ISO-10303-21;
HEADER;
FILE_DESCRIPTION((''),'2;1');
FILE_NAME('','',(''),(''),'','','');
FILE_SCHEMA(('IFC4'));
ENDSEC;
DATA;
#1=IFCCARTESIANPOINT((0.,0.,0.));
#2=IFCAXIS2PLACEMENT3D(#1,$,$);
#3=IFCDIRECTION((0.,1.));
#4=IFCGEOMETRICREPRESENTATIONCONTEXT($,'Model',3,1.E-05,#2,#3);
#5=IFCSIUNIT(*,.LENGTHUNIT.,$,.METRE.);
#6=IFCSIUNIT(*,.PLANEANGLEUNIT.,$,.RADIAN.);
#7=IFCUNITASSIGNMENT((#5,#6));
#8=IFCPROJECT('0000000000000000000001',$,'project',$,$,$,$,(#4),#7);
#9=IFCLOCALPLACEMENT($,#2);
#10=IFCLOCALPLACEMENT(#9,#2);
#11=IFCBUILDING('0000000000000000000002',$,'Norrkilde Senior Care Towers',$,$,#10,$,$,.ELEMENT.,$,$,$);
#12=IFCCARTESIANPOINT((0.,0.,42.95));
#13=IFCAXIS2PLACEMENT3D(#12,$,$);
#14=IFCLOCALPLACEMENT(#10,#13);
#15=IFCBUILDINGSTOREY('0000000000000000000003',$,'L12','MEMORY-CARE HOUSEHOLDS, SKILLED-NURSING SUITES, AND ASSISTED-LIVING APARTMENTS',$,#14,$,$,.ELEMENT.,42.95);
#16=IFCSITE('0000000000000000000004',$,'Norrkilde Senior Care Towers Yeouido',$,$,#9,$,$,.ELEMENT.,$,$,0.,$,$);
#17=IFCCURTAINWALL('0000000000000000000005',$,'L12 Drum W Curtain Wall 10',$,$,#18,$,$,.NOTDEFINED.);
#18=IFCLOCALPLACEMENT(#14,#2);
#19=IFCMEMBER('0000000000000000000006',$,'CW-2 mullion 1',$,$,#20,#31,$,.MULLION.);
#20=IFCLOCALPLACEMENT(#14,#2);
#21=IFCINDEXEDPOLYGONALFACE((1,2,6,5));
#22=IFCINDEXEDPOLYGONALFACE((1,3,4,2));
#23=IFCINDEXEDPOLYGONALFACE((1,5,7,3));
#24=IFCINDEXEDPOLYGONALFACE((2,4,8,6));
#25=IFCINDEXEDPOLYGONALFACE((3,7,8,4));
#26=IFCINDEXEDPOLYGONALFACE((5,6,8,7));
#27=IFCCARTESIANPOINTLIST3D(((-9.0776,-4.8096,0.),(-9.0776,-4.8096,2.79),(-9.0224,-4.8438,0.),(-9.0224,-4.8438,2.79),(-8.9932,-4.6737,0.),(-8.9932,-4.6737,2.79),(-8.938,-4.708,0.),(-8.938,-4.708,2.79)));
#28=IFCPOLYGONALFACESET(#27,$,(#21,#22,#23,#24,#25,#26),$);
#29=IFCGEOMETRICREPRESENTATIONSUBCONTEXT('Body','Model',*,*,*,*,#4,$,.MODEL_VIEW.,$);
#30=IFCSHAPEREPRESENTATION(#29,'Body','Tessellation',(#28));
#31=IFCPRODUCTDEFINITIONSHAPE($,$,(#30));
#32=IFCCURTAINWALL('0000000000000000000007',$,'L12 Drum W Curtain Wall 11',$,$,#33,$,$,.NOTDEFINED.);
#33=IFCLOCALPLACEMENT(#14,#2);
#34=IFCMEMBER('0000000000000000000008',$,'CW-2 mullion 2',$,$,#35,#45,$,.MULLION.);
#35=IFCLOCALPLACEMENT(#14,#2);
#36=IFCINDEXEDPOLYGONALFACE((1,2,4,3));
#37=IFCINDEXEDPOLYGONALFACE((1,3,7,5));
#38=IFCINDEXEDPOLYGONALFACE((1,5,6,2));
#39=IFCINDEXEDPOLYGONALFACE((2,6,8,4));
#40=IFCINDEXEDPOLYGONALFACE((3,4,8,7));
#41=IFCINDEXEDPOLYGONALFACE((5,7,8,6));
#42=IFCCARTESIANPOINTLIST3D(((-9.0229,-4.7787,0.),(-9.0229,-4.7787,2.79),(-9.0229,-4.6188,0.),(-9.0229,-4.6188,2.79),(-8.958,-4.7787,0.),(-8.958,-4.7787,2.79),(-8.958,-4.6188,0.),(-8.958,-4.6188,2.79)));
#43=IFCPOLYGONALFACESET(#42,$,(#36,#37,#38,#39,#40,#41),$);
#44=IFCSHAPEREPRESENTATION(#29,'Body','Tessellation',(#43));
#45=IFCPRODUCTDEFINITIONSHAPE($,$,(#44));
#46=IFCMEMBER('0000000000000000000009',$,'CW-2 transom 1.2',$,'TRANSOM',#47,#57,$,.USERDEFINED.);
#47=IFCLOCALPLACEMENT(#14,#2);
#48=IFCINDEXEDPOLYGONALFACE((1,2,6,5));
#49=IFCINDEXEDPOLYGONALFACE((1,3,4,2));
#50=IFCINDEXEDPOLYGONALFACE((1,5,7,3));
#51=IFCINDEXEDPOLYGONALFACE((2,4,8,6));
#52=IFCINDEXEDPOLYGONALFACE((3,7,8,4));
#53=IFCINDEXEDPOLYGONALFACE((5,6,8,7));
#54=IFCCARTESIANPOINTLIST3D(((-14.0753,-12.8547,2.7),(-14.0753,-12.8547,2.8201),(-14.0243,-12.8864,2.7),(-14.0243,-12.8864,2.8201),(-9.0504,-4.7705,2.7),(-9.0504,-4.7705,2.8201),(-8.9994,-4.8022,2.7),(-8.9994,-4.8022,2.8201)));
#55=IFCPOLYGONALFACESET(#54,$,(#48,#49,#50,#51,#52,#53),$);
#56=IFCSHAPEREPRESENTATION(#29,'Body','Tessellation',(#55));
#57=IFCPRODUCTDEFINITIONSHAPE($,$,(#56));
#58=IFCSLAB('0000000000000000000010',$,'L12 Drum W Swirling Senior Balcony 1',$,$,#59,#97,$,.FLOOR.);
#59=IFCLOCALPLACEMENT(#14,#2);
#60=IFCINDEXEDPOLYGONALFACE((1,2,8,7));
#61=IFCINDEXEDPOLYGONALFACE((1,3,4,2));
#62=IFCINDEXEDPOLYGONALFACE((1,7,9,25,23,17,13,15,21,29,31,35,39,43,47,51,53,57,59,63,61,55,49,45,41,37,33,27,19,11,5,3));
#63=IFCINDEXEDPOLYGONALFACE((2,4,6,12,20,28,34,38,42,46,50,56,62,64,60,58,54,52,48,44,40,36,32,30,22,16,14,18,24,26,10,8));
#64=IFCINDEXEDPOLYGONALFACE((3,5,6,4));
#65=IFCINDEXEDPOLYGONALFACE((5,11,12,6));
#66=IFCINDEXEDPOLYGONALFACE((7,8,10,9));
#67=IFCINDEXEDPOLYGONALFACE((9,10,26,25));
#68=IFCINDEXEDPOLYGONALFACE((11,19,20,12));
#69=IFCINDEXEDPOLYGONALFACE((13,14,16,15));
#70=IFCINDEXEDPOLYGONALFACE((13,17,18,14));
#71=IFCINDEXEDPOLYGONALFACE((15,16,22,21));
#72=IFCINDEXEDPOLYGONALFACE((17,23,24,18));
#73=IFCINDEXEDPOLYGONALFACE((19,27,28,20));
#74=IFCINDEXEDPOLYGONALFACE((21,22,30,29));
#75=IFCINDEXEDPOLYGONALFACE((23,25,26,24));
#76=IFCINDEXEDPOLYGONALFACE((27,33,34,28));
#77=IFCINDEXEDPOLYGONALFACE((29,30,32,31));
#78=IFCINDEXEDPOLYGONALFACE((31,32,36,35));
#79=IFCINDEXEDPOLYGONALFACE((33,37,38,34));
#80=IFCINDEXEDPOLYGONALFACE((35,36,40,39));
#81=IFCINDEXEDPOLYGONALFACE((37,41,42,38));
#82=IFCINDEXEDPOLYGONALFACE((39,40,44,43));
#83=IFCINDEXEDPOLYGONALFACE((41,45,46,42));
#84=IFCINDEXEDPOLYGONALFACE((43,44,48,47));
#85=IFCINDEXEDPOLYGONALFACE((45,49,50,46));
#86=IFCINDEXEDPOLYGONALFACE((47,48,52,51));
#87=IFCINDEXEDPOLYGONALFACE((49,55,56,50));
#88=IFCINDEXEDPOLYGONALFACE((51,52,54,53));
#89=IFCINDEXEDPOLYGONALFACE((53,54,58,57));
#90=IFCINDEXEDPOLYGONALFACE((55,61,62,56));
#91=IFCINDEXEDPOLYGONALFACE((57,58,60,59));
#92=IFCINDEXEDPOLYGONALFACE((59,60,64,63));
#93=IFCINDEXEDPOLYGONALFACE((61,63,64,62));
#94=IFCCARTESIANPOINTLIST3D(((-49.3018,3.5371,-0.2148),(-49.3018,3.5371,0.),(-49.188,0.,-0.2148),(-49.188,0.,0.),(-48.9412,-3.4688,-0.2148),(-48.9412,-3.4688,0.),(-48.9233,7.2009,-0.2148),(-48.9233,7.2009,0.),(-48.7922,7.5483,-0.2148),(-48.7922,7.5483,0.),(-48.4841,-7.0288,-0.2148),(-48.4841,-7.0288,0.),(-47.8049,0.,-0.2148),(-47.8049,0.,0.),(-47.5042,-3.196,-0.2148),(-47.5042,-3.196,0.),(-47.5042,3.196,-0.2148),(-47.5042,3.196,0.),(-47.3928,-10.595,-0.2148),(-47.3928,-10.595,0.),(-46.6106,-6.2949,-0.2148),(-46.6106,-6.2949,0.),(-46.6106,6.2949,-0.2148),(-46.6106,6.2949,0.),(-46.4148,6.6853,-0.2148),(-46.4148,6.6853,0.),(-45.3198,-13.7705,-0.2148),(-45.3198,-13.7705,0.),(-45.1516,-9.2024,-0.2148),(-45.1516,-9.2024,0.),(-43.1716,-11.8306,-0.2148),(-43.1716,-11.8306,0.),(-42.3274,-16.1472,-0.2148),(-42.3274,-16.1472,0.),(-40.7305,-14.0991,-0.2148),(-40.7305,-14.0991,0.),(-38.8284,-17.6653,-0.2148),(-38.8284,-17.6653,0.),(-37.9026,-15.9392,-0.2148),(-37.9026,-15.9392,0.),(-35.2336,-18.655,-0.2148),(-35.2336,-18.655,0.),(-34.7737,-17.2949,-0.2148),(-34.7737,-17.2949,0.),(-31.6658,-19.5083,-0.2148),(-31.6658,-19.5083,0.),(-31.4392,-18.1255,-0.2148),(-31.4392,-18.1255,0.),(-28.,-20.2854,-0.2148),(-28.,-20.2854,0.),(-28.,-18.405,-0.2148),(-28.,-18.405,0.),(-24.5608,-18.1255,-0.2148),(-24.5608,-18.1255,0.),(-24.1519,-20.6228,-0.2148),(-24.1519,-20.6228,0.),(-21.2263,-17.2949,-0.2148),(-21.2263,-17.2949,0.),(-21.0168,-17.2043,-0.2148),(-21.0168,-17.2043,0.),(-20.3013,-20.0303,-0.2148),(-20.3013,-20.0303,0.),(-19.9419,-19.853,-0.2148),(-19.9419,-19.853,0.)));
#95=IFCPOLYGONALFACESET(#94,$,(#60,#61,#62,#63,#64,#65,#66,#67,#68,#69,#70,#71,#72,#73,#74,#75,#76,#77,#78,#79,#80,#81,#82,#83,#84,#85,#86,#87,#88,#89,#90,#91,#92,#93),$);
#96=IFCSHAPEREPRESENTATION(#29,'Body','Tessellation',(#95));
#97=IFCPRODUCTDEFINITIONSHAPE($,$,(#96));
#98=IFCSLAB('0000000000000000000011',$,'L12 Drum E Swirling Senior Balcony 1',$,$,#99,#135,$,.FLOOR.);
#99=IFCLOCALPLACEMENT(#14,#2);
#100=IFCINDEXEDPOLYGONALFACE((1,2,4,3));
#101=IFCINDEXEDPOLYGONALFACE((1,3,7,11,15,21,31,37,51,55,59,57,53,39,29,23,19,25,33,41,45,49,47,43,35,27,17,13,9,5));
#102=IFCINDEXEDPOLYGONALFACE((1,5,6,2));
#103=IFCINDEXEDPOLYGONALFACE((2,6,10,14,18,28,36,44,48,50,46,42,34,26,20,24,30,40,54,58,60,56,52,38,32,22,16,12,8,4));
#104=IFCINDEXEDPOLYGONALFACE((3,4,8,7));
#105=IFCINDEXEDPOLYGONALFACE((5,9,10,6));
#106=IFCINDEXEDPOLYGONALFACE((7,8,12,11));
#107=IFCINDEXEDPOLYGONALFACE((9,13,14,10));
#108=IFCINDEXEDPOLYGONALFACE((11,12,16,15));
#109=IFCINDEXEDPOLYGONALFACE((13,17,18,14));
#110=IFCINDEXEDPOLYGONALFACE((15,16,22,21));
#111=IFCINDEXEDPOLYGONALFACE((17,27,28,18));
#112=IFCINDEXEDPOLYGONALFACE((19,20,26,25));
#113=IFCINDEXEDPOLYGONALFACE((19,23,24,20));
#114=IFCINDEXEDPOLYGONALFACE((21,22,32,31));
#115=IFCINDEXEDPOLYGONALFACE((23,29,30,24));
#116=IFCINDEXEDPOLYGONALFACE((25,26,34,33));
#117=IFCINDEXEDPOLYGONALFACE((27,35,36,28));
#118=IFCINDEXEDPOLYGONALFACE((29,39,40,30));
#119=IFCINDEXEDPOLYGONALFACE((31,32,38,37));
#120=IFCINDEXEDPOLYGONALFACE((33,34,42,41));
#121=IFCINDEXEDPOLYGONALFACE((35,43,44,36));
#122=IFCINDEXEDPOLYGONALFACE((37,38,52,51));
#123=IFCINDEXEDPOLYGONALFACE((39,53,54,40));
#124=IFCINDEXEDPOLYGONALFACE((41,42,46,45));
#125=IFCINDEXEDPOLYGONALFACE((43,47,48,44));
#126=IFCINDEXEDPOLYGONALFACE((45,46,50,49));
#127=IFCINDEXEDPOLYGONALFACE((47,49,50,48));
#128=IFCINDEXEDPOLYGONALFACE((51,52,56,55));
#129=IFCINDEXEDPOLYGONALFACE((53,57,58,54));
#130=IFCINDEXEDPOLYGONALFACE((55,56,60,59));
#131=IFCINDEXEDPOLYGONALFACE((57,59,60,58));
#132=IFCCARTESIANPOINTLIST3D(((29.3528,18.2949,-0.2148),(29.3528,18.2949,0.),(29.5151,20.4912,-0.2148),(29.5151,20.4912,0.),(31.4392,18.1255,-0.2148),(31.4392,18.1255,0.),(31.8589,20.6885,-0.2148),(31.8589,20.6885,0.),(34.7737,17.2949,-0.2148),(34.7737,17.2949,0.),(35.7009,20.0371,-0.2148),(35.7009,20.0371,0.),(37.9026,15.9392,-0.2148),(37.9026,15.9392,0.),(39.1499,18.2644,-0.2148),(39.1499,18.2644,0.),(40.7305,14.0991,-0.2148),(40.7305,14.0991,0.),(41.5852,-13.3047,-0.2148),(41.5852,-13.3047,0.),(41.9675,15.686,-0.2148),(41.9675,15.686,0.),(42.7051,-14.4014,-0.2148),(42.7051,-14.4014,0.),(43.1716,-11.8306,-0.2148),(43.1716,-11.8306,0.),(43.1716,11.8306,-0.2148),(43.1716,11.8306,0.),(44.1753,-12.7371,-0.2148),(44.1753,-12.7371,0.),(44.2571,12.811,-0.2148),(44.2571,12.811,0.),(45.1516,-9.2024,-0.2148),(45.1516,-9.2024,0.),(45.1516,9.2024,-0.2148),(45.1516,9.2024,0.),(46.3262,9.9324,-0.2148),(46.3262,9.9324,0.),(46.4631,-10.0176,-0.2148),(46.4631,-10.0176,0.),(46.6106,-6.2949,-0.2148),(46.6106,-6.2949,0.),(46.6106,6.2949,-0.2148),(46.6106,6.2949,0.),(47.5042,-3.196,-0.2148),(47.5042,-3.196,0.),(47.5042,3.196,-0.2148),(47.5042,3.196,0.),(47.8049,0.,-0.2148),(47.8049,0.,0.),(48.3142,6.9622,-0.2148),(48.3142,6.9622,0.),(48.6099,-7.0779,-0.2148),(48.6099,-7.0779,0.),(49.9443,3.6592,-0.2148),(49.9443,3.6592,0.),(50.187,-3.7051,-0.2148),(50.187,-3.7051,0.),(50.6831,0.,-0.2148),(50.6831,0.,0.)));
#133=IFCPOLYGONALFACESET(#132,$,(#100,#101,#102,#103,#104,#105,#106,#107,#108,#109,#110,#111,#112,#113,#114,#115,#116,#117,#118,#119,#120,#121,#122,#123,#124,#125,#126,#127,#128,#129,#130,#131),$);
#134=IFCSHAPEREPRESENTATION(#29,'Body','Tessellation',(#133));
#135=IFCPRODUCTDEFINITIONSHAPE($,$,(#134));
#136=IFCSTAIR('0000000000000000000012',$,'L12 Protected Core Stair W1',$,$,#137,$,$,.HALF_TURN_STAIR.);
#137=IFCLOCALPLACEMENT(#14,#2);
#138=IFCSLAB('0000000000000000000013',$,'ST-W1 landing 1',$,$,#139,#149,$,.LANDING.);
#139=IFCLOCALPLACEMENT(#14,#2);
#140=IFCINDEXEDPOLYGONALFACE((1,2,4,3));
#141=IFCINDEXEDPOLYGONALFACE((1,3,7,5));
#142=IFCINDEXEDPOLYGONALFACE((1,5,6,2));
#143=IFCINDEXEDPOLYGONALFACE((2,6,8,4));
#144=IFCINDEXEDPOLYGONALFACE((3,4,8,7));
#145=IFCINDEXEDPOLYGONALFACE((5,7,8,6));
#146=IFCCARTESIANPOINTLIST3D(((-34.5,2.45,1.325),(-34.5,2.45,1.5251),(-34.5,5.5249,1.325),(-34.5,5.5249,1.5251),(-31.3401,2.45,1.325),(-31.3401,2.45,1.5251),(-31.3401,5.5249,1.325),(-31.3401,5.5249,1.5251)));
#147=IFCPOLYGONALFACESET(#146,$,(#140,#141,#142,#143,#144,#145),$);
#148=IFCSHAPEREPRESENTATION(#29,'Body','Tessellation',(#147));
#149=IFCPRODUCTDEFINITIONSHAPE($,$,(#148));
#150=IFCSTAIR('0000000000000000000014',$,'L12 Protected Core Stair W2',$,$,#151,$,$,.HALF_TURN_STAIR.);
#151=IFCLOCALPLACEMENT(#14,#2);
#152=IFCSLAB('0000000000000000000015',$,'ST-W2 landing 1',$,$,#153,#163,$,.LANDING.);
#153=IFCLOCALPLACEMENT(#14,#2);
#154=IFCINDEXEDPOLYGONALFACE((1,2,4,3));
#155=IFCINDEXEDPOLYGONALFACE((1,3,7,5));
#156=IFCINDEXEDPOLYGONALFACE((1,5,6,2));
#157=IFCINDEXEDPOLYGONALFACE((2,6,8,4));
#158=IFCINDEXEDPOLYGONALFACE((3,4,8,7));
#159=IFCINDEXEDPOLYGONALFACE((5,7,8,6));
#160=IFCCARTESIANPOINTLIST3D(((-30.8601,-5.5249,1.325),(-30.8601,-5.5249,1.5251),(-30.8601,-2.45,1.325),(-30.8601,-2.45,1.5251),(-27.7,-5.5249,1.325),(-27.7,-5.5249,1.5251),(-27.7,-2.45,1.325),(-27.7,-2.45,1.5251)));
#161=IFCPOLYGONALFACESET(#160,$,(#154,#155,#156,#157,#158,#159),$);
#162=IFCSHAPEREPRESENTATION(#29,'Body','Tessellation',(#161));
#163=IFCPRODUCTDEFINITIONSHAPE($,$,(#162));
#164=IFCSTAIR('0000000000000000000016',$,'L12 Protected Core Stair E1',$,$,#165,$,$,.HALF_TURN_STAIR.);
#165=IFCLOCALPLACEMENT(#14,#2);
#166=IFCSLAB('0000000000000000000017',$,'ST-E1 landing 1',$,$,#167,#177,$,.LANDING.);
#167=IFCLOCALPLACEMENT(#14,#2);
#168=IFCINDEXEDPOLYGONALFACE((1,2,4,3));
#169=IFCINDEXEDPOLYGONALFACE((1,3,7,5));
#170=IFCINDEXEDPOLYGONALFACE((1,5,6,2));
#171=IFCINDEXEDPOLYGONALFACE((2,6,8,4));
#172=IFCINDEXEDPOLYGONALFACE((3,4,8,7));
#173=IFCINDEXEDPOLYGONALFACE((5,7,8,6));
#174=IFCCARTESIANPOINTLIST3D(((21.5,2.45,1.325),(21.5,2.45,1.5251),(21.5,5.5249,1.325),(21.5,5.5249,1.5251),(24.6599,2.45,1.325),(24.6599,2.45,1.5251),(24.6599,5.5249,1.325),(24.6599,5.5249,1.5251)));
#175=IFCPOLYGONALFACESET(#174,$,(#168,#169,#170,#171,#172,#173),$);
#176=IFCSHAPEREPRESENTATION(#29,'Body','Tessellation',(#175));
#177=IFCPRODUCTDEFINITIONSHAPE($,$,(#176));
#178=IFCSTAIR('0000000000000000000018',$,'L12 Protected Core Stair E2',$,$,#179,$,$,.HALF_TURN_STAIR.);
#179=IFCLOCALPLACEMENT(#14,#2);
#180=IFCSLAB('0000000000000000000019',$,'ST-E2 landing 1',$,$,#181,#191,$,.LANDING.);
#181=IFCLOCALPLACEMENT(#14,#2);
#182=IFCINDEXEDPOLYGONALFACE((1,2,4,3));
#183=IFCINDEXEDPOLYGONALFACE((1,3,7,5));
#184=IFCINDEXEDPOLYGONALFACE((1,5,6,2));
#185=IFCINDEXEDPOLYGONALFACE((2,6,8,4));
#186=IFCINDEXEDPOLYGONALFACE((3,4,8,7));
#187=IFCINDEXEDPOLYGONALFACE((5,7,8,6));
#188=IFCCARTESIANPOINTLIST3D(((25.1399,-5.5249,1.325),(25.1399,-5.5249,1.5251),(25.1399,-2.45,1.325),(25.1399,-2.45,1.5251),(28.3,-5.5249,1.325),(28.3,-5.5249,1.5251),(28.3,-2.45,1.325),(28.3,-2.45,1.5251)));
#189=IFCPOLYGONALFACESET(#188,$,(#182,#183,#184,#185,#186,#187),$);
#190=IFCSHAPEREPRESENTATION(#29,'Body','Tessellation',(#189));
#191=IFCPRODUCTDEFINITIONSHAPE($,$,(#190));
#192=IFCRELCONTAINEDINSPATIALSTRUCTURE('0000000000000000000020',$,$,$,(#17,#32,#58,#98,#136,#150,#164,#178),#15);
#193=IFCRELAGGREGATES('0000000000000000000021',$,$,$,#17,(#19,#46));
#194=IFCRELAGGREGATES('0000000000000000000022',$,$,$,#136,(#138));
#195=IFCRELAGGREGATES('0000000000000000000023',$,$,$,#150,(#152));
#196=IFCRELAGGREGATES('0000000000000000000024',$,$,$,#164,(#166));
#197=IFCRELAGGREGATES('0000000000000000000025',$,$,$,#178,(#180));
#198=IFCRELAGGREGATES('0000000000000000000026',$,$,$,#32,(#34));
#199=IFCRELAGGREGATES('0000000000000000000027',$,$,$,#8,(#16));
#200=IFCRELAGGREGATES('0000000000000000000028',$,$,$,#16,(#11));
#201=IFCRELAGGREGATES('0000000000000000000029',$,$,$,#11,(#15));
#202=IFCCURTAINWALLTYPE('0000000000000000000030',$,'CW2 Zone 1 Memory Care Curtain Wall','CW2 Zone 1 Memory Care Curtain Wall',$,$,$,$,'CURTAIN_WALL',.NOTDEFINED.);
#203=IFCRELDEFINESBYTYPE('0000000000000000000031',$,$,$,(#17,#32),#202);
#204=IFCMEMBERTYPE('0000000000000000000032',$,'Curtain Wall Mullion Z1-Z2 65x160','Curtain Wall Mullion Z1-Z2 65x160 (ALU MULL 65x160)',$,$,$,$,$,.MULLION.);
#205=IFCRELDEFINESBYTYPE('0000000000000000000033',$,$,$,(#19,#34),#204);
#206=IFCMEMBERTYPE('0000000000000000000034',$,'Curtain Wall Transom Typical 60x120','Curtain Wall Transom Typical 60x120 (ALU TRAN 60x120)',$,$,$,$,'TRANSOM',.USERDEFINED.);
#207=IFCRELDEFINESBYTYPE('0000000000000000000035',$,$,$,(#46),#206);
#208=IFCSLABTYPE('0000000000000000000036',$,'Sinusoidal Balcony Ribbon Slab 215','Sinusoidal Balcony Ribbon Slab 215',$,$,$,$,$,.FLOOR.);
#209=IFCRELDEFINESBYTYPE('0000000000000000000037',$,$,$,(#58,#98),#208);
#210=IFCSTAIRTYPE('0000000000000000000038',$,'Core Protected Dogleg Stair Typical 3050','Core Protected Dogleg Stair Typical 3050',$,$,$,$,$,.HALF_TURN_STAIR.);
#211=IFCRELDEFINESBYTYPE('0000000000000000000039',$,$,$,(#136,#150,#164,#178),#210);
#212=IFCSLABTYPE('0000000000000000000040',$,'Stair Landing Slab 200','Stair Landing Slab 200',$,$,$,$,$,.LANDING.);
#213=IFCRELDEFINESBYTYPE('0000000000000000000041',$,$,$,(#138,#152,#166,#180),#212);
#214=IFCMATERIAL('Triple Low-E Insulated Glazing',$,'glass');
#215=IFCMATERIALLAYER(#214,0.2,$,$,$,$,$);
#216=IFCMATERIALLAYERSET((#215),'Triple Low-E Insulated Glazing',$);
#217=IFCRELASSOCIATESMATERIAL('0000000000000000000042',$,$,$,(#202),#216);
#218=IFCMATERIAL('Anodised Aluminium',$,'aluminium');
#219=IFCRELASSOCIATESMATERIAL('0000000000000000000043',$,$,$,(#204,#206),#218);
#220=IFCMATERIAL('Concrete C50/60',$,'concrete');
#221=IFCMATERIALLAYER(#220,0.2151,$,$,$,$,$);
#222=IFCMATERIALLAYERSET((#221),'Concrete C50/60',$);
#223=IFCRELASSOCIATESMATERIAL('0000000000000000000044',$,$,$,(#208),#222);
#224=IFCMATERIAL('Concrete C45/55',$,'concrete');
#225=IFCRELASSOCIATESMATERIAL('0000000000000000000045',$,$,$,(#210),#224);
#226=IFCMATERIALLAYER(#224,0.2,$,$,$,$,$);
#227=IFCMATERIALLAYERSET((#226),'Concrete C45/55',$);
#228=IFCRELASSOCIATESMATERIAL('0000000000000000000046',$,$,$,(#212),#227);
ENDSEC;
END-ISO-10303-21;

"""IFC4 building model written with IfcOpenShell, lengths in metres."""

from ifc_helpers import new_model, si_unit, direction, frame, origin, origin_2d, place, context, subcontext, project, spatial, polyline, rectangle, outline, extrude, source, transform, mapped, material, layer, layer_set, material_profile, profile_set, type_object, type_shapes, element, aggregate, save


model = new_model("IFC4")

# Units and contexts
model_context = context("Model", 3, precision=1e-05, world=origin(), true_north=direction((0.0, 1.0)))
body_context = subcontext(model_context, "Body", "Model", "MODEL_VIEW")
ifc_project = project(units=[si_unit("LENGTHUNIT", "METRE"), si_unit("PLANEANGLEUNIT", "RADIAN")], contexts=[model_context])

# Site, building, storey
site_placement = place(None, origin())
site = spatial("IfcSite", under=ifc_project, at=site_placement, Name="Norrkilde Senior Care Towers Yeouido", CompositionType="ELEMENT", RefElevation=0.0)
building_placement = place(site_placement, origin())
building = spatial("IfcBuilding", under=site, at=building_placement, Name="Norrkilde Senior Care Towers", CompositionType="ELEMENT")
storey_placement = place(building_placement, frame((0.0, 0.0, 42.95)))
storey = spatial("IfcBuildingStorey", under=building, at=storey_placement, Name="L12", Description="MEMORY-CARE HOUSEHOLDS, SKILLED-NURSING SUITES, AND ASSISTED-LIVING APARTMENTS", CompositionType="ELEMENT", Elevation=42.95)

# Curtain walls, members
ifc_material_1 = material(Name="Triple Low-E Insulated Glazing", Category="glass")
ifc_layer_1 = layer(ifc_material_1, 0.2)
ifc_layer_set_1 = layer_set([ifc_layer_1], Name="Triple Low-E Insulated Glazing")
curtain_wall_type = type_object("IfcCurtainWallType", Name="CW2 Zone 1 Memory Care Curtain Wall", Description="CW2 Zone 1 Memory Care Curtain Wall", ElementType="CURTAIN_WALL", PredefinedType="NOTDEFINED", material=ifc_layer_set_1)
curtain_wall_1_placement = place(storey_placement, origin())
curtain_wall_1 = element("IfcCurtainWall", 1, at=curtain_wall_1_placement, inside=storey, type_object=curtain_wall_type, Name="L12 Drum W Curtain Wall 10", PredefinedType="NOTDEFINED")
ifc_material_2 = material(Name="Anodised Aluminium", Category="aluminium")
ifc_material_profile_1 = material_profile(ifc_material_2, rectangle(XDim=0.0649, YDim=0.1599, at=origin_2d()), Name="ALU MULL 65x160")
ifc_profile_set_1 = profile_set([ifc_material_profile_1], Name="Anodised Aluminium")
member_type_1 = type_object("IfcMemberType", Name="Curtain Wall Mullion Z1-Z2 65x160", Description="Curtain Wall Mullion Z1-Z2 65x160 (ALU MULL 65x160)", PredefinedType="MULLION", material=ifc_profile_set_1)
shared_shape_1 = source(origin(), body_context, "Body", "SweptSolid", [
    extrude(rectangle(XDim=0.0649, YDim=0.1599, at=origin_2d()), origin(), (0.0, 0.0, 1.0), 2.79),
])
type_shapes(member_type_1, [shared_shape_1])
member_1_placement = place(storey_placement, frame((-9.0078, -4.7588, 0.0), z_axis=(0.0, 0.0, 1.0), x_axis=(0.849306, -0.527901, 0.0)))
member_1 = element("IfcMember", 2, at=member_1_placement, type_object=member_type_1, Name="CW-2 mullion 1", PredefinedType="MULLION", context=body_context, shape_type="MappedRepresentation", body=[
    mapped(shared_shape_1, transform((0.0, 0.0, 0.0), x_axis=(1.0, 0.0, 0.0), y_axis=(0.0, 1.0, 0.0), z_axis=(0.0, 0.0, 1.0), scale=1.0)),
])
curtain_wall_2_placement = place(storey_placement, origin())
curtain_wall_2 = element("IfcCurtainWall", 3, at=curtain_wall_2_placement, inside=storey, type_object=curtain_wall_type, Name="L12 Drum W Curtain Wall 11", PredefinedType="NOTDEFINED")
member_2_placement = place(storey_placement, frame((-8.9905, -4.6987, 0.0), z_axis=(0.0, 0.0, 1.0), x_axis=(1.0, 0.0, 0.0)))
member_2 = element("IfcMember", 4, at=member_2_placement, type_object=member_type_1, Name="CW-2 mullion 2", PredefinedType="MULLION", context=body_context, shape_type="MappedRepresentation", body=[
    mapped(shared_shape_1, transform((0.0, 0.0, 0.0), x_axis=(1.0, 0.0, 0.0), y_axis=(0.0, 1.0, 0.0), z_axis=(0.0, 0.0, 1.0), scale=1.0)),
])

# Member
ifc_material_profile_2 = material_profile(ifc_material_2, rectangle(XDim=0.0601, YDim=0.1201, at=origin_2d()), Name="ALU TRAN 60x120")
ifc_profile_set_2 = profile_set([ifc_material_profile_2], Name="Anodised Aluminium")
member_type_2 = type_object("IfcMemberType", Name="Curtain Wall Transom Typical 60x120", Description="Curtain Wall Transom Typical 60x120 (ALU TRAN 60x120)", ElementType="TRANSOM", PredefinedType="USERDEFINED", material=ifc_profile_set_2)
shared_shape_2 = source(origin(), body_context, "Body", "SweptSolid", [
    extrude(rectangle(XDim=0.0601, YDim=0.1201, at=origin_2d()), origin(), (0.0, 0.0, 1.0), 9.5186),
])
type_shapes(member_type_2, [shared_shape_2])
member_3_placement = place(storey_placement, frame((-9.0249, -4.7864, 2.76), z_axis=(-0.527902, -0.849306, 0.0), x_axis=(0.849306, -0.527902, 0.0)))
member_3 = element("IfcMember", 5, at=member_3_placement, type_object=member_type_2, Name="CW-2 transom 1.2", ObjectType="TRANSOM", PredefinedType="USERDEFINED", context=body_context, shape_type="MappedRepresentation", body=[
    mapped(shared_shape_2, transform((0.0, 0.0, 0.0), x_axis=(1.0, 0.0, 0.0), y_axis=(0.0, 1.0, 0.0), z_axis=(0.0, 0.0, 1.0), scale=1.0)),
])
aggregate(curtain_wall_1, [member_1, member_3])

# Slabs
ifc_material_3 = material(Name="Concrete C50/60", Category="concrete")
ifc_layer_2 = layer(ifc_material_3, 0.2151)
ifc_layer_set_2 = layer_set([ifc_layer_2], Name="Concrete C50/60")
slab_type_1 = type_object("IfcSlabType", Name="Sinusoidal Balcony Ribbon Slab 215", Description="Sinusoidal Balcony Ribbon Slab 215", PredefinedType="FLOOR", material=ifc_layer_set_2)
slab_1_placement = place(storey_placement, frame((0.0, 0.0, -0.2148)))
element("IfcSlab", 6, at=slab_1_placement, inside=storey, type_object=slab_type_1, Name="L12 Drum W Swirling Senior Balcony 1", PredefinedType="FLOOR", context=body_context, shape_type="SweptSolid", body=[
    extrude(outline(polyline([(-24.1519, -20.6228), (-28.0, -20.2854), (-31.6658, -19.5083), (-35.2336, -18.655), (-38.8284, -17.6653), (-42.3274, -16.1472), (-45.3198, -13.7705), (-47.3928, -10.595), (-48.4841, -7.0288), (-48.9412, -3.4688), (-49.188, 0.0), (-49.3018, 3.5371), (-48.9233, 7.2009), (-48.7922, 7.5483), (-46.4148, 6.6853), (-46.6106, 6.2949), (-47.5042, 3.196), (-47.8049, 0.0), (-47.5042, -3.196), (-46.6106, -6.2949), (-45.1516, -9.2024), (-43.1716, -11.8306), (-40.7305, -14.0991), (-37.9026, -15.9392), (-34.7737, -17.2949), (-31.4392, -18.1255), (-28.0, -18.405), (-24.5608, -18.1255), (-21.2263, -17.2949), (-21.0168, -17.2043), (-19.9419, -19.853), (-20.3013, -20.0303), (-24.1519, -20.6228)])), origin(), (0.0, 0.0, 1.0), 0.2148),
])
slab_2_placement = place(storey_placement, frame((0.0, 0.0, -0.2148)))
element("IfcSlab", 7, at=slab_2_placement, inside=storey, type_object=slab_type_1, Name="L12 Drum E Swirling Senior Balcony 1", PredefinedType="FLOOR", context=body_context, shape_type="SweptSolid", body=[
    extrude(outline(polyline([(46.4631, -10.0176), (44.1753, -12.7371), (42.7051, -14.4014), (41.5852, -13.3047), (43.1716, -11.8306), (45.1516, -9.2024), (46.6106, -6.2949), (47.5042, -3.196), (47.8049, 0.0), (47.5042, 3.196), (46.6106, 6.2949), (45.1516, 9.2024), (43.1716, 11.8306), (40.7305, 14.0991), (37.9026, 15.9392), (34.7737, 17.2949), (31.4392, 18.1255), (29.3528, 18.2949), (29.5151, 20.4912), (31.8589, 20.6885), (35.7009, 20.0371), (39.1499, 18.2644), (41.9675, 15.686), (44.2571, 12.811), (46.3262, 9.9324), (48.3142, 6.9622), (49.9443, 3.6592), (50.6831, 0.0), (50.187, -3.7051), (48.6099, -7.0779), (46.4631, -10.0176)])), origin(), (0.0, 0.0, 1.0), 0.2148),
])

# Stairs, slabs
ifc_material_4 = material(Name="Concrete C45/55", Category="concrete")
stair_type = type_object("IfcStairType", Name="Core Protected Dogleg Stair Typical 3050", Description="Core Protected Dogleg Stair Typical 3050", PredefinedType="HALF_TURN_STAIR", material=ifc_material_4)
stair_1_placement = place(storey_placement, origin())
stair_1 = element("IfcStair", 8, at=stair_1_placement, inside=storey, type_object=stair_type, Name="L12 Protected Core Stair W1", PredefinedType="HALF_TURN_STAIR")
ifc_layer_3 = layer(ifc_material_4, 0.2)
ifc_layer_set_3 = layer_set([ifc_layer_3], Name="Concrete C45/55")
slab_type_2 = type_object("IfcSlabType", Name="Stair Landing Slab 200", Description="Stair Landing Slab 200", PredefinedType="LANDING", material=ifc_layer_set_3)
slab_3_placement = place(storey_placement, frame((0.0, 0.0, 1.325)))
slab_3 = element("IfcSlab", 9, at=slab_3_placement, type_object=slab_type_2, Name="ST-W1 landing 1", PredefinedType="LANDING", context=body_context, shape_type="SweptSolid", body=[
    extrude(outline(polyline([(-31.3401, 5.5249), (-34.5, 5.5249), (-34.5, 2.45), (-31.3401, 2.45), (-31.3401, 5.5249)])), origin(), (0.0, 0.0, 1.0), 0.2002),
])
aggregate(stair_1, [slab_3])
stair_2_placement = place(storey_placement, origin())
stair_2 = element("IfcStair", 10, at=stair_2_placement, inside=storey, type_object=stair_type, Name="L12 Protected Core Stair W2", PredefinedType="HALF_TURN_STAIR")
slab_4_placement = place(storey_placement, frame((0.0, 0.0, 1.325)))
slab_4 = element("IfcSlab", 11, at=slab_4_placement, type_object=slab_type_2, Name="ST-W2 landing 1", PredefinedType="LANDING", context=body_context, shape_type="SweptSolid", body=[
    extrude(outline(polyline([(-30.8601, -5.5249), (-27.7, -5.5249), (-27.7, -2.45), (-30.8601, -2.45), (-30.8601, -5.5249)])), origin(), (0.0, 0.0, 1.0), 0.2002),
])
aggregate(stair_2, [slab_4])
stair_3_placement = place(storey_placement, origin())
stair_3 = element("IfcStair", 12, at=stair_3_placement, inside=storey, type_object=stair_type, Name="L12 Protected Core Stair E1", PredefinedType="HALF_TURN_STAIR")
slab_5_placement = place(storey_placement, frame((0.0, 0.0, 1.325)))
slab_5 = element("IfcSlab", 13, at=slab_5_placement, type_object=slab_type_2, Name="ST-E1 landing 1", PredefinedType="LANDING", context=body_context, shape_type="SweptSolid", body=[
    extrude(outline(polyline([(24.6599, 5.5249), (21.5, 5.5249), (21.5, 2.45), (24.6599, 2.45), (24.6599, 5.5249)])), origin(), (0.0, 0.0, 1.0), 0.2002),
])
aggregate(stair_3, [slab_5])
stair_4_placement = place(storey_placement, origin())
stair_4 = element("IfcStair", 14, at=stair_4_placement, inside=storey, type_object=stair_type, Name="L12 Protected Core Stair E2", PredefinedType="HALF_TURN_STAIR")
slab_6_placement = place(storey_placement, frame((0.0, 0.0, 1.325)))
slab_6 = element("IfcSlab", 15, at=slab_6_placement, type_object=slab_type_2, Name="ST-E2 landing 1", PredefinedType="LANDING", context=body_context, shape_type="SweptSolid", body=[
    extrude(outline(polyline([(25.1399, -5.5249), (28.3, -5.5249), (28.3, -2.45), (25.1399, -2.45), (25.1399, -5.5249)])), origin(), (0.0, 0.0, 1.0), 0.2002),
])
aggregate(stair_4, [slab_6])

aggregate(curtain_wall_2, [member_2])

save(model, "model.ifc")
